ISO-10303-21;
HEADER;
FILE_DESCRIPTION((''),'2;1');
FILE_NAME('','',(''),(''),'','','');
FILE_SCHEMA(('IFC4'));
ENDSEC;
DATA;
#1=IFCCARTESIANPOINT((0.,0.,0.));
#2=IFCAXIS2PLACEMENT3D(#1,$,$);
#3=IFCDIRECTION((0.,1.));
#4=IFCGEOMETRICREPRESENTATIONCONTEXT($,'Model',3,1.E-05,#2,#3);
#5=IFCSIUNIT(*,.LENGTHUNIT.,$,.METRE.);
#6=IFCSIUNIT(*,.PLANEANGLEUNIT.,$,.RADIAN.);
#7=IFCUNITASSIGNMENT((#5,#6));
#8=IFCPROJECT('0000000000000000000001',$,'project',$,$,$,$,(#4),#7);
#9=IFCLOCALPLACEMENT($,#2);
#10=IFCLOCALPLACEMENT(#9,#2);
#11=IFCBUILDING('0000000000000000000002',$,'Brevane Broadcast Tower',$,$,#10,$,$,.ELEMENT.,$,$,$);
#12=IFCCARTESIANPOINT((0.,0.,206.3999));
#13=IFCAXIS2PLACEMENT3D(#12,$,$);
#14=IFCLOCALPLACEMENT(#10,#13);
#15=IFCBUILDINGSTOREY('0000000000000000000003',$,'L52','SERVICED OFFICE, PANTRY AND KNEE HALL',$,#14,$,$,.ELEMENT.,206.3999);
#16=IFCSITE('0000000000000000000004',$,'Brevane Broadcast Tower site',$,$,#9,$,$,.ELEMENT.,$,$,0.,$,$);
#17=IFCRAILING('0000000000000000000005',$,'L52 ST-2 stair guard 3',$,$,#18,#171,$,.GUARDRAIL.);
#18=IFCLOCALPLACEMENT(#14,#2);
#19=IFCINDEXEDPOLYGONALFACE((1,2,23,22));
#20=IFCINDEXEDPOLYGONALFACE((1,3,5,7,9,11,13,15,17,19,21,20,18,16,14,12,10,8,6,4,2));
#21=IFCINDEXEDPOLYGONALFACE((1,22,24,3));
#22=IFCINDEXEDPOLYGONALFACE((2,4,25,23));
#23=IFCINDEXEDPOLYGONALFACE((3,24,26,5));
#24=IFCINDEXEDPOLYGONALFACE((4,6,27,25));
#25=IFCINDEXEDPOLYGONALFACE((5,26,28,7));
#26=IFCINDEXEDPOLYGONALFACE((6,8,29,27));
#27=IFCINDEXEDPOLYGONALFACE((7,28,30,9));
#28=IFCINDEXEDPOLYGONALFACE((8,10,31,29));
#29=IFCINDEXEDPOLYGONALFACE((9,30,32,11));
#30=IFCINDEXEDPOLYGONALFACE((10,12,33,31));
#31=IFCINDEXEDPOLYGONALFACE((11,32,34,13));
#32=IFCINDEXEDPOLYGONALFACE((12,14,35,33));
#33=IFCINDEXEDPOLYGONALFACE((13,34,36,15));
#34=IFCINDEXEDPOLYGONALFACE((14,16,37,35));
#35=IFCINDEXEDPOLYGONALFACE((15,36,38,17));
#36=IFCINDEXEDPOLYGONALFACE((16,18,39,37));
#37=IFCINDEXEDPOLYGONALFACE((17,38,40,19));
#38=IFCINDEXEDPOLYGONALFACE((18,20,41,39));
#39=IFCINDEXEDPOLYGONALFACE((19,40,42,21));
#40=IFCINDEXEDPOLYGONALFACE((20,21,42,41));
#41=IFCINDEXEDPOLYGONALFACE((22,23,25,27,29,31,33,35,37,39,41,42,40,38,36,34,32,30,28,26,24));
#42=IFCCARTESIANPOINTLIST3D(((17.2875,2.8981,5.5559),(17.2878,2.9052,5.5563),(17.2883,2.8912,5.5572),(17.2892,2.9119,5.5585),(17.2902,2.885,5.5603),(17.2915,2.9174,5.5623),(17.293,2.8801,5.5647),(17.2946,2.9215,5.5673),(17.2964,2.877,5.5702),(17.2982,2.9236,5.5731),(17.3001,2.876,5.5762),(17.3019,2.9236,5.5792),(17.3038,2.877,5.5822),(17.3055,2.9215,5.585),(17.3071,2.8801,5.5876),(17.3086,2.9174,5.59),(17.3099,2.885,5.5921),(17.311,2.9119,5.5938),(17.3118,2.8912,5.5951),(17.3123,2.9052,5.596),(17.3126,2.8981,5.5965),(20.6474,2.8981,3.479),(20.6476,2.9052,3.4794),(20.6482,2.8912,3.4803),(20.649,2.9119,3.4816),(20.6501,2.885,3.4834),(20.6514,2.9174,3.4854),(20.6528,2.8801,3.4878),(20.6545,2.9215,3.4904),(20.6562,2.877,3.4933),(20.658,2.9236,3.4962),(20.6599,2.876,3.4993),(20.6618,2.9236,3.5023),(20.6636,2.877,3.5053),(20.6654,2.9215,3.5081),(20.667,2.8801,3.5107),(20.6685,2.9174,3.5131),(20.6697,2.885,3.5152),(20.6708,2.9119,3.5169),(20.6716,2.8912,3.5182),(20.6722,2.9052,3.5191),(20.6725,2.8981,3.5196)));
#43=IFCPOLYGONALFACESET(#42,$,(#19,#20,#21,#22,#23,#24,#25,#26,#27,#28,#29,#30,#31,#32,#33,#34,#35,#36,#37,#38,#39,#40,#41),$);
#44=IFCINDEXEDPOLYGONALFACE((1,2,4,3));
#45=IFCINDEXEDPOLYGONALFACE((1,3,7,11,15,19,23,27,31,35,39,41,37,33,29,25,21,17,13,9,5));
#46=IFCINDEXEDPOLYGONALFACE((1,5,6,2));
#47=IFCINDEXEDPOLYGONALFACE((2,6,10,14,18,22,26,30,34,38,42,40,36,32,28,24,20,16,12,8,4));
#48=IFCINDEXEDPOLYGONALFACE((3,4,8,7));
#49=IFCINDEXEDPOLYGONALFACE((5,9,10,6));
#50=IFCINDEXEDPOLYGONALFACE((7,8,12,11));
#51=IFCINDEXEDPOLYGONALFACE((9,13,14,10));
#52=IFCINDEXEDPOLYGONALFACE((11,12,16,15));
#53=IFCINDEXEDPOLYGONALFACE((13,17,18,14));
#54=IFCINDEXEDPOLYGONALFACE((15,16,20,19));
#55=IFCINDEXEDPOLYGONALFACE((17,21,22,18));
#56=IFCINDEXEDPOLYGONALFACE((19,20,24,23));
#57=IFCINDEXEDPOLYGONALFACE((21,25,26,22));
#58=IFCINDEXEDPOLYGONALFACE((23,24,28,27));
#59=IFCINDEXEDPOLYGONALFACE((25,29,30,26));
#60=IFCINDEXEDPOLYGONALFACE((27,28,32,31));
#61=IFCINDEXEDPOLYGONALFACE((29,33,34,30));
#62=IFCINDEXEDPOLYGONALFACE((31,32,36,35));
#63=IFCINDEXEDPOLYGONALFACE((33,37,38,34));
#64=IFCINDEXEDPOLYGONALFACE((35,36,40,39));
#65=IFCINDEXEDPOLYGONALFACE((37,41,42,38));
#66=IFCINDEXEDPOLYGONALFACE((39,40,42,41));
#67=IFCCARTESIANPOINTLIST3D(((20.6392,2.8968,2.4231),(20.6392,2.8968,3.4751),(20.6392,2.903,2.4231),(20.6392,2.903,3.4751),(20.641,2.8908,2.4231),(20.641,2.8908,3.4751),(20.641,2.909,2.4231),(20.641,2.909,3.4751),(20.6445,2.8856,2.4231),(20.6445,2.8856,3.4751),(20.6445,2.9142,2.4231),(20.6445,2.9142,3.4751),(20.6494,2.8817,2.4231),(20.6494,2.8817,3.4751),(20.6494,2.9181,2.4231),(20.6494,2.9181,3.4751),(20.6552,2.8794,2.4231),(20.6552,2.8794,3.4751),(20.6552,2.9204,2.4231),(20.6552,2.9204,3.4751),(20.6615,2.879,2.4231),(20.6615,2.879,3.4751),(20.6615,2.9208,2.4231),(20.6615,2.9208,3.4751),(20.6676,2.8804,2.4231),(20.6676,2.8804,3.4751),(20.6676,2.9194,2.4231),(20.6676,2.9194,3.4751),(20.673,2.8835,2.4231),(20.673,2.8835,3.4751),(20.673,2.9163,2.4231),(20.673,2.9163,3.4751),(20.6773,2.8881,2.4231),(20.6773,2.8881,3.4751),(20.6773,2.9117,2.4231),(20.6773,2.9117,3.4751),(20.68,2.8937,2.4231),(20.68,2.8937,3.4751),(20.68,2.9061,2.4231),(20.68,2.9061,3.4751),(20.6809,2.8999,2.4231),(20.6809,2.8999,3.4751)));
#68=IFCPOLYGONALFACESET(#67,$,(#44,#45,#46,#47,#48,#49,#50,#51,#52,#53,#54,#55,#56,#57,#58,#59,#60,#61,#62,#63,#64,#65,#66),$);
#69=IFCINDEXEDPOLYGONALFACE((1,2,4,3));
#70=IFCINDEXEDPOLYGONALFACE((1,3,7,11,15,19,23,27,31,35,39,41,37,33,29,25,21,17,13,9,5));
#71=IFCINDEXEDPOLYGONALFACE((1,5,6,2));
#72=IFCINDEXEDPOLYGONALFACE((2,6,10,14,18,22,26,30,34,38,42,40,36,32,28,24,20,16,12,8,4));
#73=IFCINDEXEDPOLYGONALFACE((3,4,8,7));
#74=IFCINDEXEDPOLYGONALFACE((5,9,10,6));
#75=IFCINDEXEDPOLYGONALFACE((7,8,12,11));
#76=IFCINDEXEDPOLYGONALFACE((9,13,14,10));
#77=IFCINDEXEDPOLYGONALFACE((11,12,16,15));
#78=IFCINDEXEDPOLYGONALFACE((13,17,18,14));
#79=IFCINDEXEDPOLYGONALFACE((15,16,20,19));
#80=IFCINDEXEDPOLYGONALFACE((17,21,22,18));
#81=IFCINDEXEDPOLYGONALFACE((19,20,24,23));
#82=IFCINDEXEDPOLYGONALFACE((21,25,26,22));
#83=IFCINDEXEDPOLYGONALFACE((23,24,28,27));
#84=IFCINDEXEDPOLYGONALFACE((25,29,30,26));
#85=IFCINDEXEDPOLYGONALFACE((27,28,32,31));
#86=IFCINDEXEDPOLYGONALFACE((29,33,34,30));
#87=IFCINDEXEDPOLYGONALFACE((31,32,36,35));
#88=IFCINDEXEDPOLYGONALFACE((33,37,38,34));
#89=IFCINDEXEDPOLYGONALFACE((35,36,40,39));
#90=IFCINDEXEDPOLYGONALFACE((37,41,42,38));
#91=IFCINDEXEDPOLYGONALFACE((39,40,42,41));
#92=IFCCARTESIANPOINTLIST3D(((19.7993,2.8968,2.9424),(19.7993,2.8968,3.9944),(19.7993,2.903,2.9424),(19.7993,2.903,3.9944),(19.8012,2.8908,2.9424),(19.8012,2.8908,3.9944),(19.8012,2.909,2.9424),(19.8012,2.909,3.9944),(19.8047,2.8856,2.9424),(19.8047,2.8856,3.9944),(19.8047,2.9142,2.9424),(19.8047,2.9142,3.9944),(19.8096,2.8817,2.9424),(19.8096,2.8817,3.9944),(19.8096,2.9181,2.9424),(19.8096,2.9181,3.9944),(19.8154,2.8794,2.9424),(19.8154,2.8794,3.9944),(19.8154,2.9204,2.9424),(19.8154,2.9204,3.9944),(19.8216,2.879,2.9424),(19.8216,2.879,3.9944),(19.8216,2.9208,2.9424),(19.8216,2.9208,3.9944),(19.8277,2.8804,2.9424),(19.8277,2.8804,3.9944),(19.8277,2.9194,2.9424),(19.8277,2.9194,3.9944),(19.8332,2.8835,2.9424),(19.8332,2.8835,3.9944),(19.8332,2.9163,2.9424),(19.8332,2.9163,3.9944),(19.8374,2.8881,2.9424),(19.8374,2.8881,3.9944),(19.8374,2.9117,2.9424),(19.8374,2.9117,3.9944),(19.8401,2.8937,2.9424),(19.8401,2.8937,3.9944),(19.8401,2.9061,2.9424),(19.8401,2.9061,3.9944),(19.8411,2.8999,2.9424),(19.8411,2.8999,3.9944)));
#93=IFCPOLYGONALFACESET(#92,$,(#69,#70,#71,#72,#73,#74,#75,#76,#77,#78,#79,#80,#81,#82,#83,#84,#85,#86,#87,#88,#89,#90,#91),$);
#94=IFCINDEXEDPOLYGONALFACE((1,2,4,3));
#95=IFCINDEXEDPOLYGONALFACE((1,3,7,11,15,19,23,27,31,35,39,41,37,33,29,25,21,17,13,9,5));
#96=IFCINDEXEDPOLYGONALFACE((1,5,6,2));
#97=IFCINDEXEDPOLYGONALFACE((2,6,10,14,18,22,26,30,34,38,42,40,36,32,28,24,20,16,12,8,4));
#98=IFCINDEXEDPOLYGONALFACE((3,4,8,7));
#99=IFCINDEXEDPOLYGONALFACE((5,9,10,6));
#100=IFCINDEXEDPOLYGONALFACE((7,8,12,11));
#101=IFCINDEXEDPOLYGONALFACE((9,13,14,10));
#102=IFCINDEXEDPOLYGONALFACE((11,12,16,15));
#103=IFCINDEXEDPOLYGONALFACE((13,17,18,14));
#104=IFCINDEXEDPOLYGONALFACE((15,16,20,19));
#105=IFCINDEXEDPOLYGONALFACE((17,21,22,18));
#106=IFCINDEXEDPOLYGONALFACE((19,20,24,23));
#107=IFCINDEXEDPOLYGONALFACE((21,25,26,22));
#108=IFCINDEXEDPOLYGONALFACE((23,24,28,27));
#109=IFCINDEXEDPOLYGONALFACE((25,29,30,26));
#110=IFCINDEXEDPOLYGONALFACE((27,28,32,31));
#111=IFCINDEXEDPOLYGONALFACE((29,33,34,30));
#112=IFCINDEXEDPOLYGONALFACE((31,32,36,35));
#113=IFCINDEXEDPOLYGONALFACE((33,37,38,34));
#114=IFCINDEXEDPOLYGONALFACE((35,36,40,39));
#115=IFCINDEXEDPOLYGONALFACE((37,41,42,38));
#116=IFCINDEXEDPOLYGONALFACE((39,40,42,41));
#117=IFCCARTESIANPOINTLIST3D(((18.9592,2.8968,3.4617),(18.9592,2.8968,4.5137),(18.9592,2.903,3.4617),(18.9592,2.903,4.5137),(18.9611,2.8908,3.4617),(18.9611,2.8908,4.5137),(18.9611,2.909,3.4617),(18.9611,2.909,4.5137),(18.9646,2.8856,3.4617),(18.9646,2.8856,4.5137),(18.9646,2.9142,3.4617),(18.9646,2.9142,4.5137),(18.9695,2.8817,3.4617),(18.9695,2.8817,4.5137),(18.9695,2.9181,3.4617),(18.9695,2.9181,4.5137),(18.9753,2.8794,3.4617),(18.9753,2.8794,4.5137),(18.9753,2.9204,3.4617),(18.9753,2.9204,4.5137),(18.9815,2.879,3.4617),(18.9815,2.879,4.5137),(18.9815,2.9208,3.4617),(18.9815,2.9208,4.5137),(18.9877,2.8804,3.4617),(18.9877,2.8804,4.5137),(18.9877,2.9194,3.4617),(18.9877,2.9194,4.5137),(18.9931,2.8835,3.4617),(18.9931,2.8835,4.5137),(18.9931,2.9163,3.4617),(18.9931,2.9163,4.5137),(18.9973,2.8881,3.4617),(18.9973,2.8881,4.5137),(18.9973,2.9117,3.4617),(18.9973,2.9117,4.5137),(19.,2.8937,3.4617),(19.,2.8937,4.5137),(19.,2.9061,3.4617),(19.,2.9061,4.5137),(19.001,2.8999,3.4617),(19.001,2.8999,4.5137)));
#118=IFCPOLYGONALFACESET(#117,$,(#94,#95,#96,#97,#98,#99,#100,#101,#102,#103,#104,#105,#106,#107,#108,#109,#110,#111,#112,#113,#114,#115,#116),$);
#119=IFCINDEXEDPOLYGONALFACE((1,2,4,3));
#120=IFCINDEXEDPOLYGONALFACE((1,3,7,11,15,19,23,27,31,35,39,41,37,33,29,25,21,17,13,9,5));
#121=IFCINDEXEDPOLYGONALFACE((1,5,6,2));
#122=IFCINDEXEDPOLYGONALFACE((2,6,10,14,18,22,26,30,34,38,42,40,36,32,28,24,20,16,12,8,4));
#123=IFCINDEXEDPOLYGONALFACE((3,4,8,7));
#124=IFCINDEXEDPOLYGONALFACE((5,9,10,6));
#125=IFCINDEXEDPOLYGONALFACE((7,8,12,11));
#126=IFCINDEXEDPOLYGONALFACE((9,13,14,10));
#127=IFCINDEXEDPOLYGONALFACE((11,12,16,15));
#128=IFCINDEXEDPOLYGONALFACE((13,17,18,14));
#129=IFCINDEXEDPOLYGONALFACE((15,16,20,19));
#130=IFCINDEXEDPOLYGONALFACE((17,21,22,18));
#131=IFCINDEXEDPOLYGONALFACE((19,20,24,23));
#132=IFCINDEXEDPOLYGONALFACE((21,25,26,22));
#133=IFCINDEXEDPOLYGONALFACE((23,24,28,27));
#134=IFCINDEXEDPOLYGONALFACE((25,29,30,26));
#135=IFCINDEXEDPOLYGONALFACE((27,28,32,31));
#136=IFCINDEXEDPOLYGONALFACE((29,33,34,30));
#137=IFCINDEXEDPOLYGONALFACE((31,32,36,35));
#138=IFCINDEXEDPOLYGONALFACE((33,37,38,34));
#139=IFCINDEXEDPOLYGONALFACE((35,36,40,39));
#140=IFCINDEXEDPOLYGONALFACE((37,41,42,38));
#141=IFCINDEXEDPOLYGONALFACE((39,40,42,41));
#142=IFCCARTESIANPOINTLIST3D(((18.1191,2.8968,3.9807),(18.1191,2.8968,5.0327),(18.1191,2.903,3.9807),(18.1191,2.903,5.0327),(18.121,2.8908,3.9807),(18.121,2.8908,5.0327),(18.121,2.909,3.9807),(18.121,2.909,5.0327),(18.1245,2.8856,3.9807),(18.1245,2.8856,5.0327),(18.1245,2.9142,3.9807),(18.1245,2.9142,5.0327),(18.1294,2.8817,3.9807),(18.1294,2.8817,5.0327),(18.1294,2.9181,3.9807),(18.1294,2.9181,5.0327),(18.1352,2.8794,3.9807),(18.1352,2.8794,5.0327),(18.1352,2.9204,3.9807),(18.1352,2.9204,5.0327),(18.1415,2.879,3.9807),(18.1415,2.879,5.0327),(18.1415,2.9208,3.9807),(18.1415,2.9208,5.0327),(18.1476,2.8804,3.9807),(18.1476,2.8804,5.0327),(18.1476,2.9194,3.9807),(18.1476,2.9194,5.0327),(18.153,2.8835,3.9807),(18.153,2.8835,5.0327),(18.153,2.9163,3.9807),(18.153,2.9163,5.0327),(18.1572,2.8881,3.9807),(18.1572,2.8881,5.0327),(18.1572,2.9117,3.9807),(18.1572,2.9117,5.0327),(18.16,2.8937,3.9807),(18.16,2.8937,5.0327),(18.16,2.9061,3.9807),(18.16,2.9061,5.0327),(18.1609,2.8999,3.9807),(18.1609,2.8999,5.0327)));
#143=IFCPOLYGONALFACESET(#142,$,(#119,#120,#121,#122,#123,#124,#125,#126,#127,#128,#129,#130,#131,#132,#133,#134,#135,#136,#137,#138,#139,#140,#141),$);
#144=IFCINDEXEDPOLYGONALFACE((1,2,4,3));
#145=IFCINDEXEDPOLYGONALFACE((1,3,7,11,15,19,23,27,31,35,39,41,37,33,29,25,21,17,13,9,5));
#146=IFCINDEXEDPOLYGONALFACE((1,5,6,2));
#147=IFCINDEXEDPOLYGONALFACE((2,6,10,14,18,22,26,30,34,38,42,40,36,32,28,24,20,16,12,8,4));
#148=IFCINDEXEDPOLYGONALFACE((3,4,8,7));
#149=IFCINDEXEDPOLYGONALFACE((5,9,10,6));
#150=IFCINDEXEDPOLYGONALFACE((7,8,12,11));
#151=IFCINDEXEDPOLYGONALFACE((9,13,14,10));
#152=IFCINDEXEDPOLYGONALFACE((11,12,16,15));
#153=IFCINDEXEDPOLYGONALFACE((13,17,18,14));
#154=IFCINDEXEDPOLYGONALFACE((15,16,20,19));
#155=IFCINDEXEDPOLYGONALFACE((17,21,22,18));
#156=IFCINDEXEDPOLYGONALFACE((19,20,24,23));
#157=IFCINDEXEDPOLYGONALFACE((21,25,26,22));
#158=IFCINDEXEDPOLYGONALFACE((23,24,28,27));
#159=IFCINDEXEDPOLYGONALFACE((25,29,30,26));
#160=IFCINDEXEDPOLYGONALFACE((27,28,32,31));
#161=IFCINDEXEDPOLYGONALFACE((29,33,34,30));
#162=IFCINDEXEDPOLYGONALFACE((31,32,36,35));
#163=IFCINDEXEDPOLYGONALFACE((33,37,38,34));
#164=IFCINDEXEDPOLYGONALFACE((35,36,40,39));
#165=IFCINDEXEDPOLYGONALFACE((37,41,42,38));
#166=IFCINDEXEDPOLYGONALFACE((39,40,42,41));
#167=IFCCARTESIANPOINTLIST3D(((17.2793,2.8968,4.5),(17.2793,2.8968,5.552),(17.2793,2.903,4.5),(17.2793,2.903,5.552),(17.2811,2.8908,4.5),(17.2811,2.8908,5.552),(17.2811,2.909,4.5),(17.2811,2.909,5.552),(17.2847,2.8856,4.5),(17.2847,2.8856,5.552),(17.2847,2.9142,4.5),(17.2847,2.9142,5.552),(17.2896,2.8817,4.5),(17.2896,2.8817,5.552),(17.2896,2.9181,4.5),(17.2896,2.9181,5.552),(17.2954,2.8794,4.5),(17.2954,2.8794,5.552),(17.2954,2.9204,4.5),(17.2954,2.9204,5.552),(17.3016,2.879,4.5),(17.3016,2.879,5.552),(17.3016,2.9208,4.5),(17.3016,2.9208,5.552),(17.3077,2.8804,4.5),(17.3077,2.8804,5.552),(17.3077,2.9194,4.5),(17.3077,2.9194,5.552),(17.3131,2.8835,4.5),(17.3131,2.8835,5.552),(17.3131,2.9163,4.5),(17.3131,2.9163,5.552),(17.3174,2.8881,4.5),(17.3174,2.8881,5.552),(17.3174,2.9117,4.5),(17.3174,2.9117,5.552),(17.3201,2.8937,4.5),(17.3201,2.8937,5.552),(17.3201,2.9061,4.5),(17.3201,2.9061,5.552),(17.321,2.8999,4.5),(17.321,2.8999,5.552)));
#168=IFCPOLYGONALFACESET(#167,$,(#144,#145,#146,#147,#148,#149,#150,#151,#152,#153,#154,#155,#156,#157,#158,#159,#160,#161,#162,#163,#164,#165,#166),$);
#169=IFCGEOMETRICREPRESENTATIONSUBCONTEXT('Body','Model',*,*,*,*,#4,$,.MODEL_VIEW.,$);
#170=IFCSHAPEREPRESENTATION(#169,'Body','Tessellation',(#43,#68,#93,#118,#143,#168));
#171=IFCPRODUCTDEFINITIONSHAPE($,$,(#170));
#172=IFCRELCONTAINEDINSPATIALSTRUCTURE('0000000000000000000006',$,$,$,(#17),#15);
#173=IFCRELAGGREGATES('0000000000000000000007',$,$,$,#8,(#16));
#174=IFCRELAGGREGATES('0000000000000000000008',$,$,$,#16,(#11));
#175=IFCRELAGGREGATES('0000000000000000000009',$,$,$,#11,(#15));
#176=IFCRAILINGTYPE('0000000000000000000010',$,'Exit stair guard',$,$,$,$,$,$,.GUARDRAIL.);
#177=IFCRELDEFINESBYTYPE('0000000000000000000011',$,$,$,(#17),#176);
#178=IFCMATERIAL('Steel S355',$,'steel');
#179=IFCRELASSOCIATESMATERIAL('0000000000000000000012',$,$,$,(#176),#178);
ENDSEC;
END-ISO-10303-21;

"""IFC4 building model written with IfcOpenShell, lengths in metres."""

from ifc_helpers import new_model, si_unit, direction, frame, origin, origin_2d, place, context, subcontext, project, spatial, circle, extrude, material, type_object, element, save


model = new_model("IFC4")

# Units and contexts
model_context = context("Model", 3, precision=1e-05, world=origin(), true_north=direction((0.0, 1.0)))
body_context = subcontext(model_context, "Body", "Model", "MODEL_VIEW")
ifc_project = project(units=[si_unit("LENGTHUNIT", "METRE"), si_unit("PLANEANGLEUNIT", "RADIAN")], contexts=[model_context])

# Site, building, storey
site_placement = place(None, origin())
site = spatial("IfcSite", under=ifc_project, at=site_placement, Name="Brevane Broadcast Tower site", CompositionType="ELEMENT", RefElevation=0.0)
building_placement = place(site_placement, origin())
building = spatial("IfcBuilding", under=site, at=building_placement, Name="Brevane Broadcast Tower", CompositionType="ELEMENT")
storey_placement = place(building_placement, frame((0.0, 0.0, 206.3999)))
storey = spatial("IfcBuildingStorey", under=building, at=storey_placement, Name="L52", Description="SERVICED OFFICE, PANTRY AND KNEE HALL", CompositionType="ELEMENT", Elevation=206.3999)

# Railing
ifc_material_1 = material(Name="Steel S355", Category="steel")
railing_type_1 = type_object("IfcRailingType", Name="Exit stair guard", PredefinedType="GUARDRAIL", material=ifc_material_1)
railing_1_placement = place(storey_placement, frame((20.6599, 2.8999, 2.4231)))
element("IfcRailing", 1, at=railing_1_placement, inside=storey, type_object=railing_type_1, Name="L52 ST-2 stair guard 3", PredefinedType="GUARDRAIL", context=body_context, shape_type="SweptSolid", body=[
    extrude(circle(Radius=0.0239, at=origin_2d()), frame((0.0, 0.0, 1.0762), z_axis=(-0.850606, 0.0, 0.525803), x_axis=(0.0, -1.0, 0.0)), (0.0, 0.0, 1.0), 3.95),
    extrude(circle(Radius=0.021, at=origin_2d()), origin(), (0.0, 0.0, 1.0), 1.052),
    extrude(circle(Radius=0.021, at=origin_2d()), frame((-0.8398, 0.0, 0.5193)), (0.0, 0.0, 1.0), 1.052),
    extrude(circle(Radius=0.021, at=origin_2d()), frame((-1.6799, 0.0, 1.0386)), (0.0, 0.0, 1.0), 1.052),
    extrude(circle(Radius=0.021, at=origin_2d()), frame((-2.52, 0.0, 1.5576)), (0.0, 0.0, 1.0), 1.052),
    extrude(circle(Radius=0.021, at=origin_2d()), frame((-3.3599, 0.0, 2.0769)), (0.0, 0.0, 1.0), 1.052),
])

save(model, "model.ifc")
